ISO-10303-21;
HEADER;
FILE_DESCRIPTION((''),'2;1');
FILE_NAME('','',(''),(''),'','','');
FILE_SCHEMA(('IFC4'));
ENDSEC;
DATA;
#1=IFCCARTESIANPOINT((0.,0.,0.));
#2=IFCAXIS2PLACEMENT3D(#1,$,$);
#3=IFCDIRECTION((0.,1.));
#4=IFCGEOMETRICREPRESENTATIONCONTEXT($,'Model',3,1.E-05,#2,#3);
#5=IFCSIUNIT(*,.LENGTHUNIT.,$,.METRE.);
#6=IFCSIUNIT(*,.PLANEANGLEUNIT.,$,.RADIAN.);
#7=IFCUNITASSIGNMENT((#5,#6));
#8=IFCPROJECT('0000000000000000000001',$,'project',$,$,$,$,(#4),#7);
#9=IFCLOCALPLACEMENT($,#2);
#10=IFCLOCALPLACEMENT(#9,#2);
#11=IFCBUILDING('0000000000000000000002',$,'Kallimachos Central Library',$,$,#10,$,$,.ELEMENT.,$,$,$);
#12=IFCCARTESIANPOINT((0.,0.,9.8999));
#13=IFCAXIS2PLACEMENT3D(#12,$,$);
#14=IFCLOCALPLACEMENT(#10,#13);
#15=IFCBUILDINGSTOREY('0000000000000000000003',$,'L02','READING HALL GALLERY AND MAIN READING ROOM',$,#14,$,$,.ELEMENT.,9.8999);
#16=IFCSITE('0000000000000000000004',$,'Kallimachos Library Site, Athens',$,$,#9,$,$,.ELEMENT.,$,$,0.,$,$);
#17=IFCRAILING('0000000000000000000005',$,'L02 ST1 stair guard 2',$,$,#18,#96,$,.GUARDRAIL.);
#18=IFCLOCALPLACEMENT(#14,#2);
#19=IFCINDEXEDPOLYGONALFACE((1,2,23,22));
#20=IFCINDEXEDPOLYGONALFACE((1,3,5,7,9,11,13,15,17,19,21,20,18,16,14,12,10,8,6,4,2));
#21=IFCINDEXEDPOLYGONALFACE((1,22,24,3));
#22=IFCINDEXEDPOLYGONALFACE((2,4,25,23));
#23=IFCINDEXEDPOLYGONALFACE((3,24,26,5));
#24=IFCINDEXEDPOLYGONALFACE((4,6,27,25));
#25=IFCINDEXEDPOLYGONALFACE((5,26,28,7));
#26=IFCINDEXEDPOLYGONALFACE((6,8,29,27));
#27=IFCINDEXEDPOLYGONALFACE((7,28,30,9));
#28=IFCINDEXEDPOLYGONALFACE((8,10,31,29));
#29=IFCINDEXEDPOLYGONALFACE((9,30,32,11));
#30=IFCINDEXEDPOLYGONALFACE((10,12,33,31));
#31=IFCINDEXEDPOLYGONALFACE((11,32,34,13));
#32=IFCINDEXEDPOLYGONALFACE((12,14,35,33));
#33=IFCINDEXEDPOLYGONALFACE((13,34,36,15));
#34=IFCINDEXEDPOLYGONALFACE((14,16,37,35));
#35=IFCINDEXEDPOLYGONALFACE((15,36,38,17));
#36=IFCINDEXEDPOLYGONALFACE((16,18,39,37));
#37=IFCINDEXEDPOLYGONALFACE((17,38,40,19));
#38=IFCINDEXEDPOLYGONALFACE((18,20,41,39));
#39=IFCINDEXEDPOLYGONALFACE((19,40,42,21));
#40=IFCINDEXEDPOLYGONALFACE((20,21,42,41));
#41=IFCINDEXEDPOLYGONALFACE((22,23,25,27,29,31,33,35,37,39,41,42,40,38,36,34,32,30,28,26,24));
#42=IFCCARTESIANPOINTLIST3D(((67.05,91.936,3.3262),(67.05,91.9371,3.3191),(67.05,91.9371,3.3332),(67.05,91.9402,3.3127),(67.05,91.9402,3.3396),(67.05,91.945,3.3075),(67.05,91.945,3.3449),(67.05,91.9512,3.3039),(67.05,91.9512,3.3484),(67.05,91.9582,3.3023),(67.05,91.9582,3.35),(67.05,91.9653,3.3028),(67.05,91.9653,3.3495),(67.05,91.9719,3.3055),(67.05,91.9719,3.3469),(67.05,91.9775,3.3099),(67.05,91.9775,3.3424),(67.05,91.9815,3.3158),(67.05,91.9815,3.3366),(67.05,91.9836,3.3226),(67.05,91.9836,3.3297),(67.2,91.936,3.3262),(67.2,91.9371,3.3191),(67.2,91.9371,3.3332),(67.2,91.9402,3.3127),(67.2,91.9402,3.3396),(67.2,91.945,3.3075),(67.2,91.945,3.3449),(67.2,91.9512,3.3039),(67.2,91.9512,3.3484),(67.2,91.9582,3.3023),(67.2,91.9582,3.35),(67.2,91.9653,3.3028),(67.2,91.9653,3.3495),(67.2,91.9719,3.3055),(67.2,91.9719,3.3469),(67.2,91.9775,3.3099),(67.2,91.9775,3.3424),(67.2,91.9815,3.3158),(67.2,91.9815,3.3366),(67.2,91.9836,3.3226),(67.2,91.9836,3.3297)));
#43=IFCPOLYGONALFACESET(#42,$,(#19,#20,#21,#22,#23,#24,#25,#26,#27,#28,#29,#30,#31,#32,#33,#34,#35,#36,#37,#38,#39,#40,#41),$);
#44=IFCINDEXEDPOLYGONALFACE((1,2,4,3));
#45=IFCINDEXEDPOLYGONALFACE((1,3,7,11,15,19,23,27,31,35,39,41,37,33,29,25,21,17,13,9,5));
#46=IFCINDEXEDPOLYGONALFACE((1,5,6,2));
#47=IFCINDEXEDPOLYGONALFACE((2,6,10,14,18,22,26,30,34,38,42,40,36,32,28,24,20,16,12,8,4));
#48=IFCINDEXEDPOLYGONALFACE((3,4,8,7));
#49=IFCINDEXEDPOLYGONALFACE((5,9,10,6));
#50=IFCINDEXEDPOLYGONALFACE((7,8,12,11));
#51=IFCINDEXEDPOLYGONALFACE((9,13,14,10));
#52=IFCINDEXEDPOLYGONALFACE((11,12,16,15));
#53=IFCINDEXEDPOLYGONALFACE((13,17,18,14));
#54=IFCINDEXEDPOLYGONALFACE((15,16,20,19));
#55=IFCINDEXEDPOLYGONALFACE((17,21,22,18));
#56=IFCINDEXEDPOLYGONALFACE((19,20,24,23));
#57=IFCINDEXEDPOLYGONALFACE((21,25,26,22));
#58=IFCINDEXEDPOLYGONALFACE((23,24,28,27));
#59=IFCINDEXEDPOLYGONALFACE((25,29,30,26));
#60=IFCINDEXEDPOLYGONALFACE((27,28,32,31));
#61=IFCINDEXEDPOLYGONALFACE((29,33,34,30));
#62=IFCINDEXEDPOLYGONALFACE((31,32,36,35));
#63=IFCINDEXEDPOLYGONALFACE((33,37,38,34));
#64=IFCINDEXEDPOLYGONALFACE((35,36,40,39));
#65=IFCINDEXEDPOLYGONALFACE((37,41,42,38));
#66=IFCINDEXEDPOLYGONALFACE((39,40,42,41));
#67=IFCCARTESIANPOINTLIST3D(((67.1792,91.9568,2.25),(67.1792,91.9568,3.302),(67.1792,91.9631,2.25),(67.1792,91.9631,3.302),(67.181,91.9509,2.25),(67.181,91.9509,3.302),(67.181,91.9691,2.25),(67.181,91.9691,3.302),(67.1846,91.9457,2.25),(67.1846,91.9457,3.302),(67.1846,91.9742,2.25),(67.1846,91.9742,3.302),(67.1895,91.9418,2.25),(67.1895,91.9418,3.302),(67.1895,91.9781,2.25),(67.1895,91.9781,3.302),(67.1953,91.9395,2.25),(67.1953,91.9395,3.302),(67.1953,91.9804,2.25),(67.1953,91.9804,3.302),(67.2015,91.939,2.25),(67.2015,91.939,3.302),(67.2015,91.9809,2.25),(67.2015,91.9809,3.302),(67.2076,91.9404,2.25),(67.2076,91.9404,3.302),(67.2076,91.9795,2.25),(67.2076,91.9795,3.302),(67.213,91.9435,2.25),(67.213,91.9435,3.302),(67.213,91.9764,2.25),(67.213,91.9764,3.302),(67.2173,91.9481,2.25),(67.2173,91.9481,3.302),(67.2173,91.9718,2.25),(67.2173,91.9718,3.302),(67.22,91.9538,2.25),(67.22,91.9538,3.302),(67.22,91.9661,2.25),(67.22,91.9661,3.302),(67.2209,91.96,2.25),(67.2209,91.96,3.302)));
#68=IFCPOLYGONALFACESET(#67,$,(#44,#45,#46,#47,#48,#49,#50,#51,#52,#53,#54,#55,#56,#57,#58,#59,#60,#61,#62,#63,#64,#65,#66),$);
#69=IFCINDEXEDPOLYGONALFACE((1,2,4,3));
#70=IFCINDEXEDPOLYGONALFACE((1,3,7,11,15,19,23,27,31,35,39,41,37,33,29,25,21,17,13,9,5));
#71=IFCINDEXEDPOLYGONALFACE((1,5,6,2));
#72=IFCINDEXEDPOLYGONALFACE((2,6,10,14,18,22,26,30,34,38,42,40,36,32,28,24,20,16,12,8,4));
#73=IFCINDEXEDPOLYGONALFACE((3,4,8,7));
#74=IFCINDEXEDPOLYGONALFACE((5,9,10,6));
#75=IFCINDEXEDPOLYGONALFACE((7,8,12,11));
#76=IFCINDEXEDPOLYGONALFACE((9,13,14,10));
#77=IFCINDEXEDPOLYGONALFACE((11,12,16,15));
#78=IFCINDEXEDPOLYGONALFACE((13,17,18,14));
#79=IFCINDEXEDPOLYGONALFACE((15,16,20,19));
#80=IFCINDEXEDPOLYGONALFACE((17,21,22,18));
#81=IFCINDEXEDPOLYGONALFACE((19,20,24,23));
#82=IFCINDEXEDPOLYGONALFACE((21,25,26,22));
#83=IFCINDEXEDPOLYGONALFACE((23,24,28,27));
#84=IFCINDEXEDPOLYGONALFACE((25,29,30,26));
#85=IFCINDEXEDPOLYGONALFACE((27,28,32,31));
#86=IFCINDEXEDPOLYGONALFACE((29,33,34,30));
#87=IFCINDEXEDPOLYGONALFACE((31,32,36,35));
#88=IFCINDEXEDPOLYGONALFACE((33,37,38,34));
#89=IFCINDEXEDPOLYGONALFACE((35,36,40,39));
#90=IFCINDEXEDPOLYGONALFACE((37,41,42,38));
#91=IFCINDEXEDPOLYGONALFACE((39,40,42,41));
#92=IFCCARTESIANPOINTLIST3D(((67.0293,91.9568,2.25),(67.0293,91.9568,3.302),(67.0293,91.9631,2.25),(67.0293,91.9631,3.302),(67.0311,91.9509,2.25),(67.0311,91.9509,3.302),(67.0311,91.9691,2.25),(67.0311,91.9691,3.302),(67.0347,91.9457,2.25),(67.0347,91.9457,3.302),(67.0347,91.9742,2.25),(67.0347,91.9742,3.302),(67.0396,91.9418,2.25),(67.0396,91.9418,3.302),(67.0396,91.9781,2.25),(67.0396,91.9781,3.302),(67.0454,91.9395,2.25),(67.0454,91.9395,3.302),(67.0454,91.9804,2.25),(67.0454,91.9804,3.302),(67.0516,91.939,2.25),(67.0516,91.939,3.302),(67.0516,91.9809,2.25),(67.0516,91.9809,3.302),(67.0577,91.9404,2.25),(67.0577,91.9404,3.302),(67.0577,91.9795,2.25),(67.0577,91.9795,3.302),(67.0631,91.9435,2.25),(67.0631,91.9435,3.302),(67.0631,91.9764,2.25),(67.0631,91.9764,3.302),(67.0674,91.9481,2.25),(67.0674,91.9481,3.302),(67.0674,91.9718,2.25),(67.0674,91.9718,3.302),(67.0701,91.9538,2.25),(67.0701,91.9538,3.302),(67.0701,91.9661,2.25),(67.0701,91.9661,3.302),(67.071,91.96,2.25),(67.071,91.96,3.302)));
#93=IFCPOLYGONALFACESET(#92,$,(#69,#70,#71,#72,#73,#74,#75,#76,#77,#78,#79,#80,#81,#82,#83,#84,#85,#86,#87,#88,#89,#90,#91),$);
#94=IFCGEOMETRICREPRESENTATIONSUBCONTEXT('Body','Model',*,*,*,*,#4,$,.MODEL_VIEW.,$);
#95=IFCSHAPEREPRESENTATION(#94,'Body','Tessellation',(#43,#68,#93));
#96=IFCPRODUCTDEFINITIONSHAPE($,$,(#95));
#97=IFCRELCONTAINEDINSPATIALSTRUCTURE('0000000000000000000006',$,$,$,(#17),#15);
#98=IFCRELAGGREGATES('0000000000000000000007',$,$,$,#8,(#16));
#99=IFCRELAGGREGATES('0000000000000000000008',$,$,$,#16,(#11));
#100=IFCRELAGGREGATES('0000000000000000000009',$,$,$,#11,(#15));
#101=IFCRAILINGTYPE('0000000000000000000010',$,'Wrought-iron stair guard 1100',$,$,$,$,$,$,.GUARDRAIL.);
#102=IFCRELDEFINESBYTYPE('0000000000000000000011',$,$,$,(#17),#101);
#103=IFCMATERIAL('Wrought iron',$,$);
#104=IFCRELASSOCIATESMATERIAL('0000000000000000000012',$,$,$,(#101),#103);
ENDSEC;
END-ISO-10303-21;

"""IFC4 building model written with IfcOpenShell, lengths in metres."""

from ifc_helpers import new_model, si_unit, direction, frame, origin, origin_2d, place, context, subcontext, project, spatial, circle, extrude, material, type_object, element, save


model = new_model("IFC4")

# Units and contexts
model_context = context("Model", 3, precision=1e-05, world=origin(), true_north=direction((0.0, 1.0)))
body_context = subcontext(model_context, "Body", "Model", "MODEL_VIEW")
ifc_project = project(units=[si_unit("LENGTHUNIT", "METRE"), si_unit("PLANEANGLEUNIT", "RADIAN")], contexts=[model_context])

# Site, building, storey
site_placement = place(None, origin())
site = spatial("IfcSite", under=ifc_project, at=site_placement, Name="Kallimachos Library Site, Athens", CompositionType="ELEMENT", RefElevation=0.0)
building_placement = place(site_placement, origin())
building = spatial("IfcBuilding", under=site, at=building_placement, Name="Kallimachos Central Library", CompositionType="ELEMENT")
storey_placement = place(building_placement, frame((0.0, 0.0, 9.8999)))
storey = spatial("IfcBuildingStorey", under=building, at=storey_placement, Name="L02", Description="READING HALL GALLERY AND MAIN READING ROOM", CompositionType="ELEMENT", Elevation=9.8999)

# Railing
ifc_material_1 = material(Name="Wrought iron")
railing_type_1 = type_object("IfcRailingType", Name="Wrought-iron stair guard 1100", PredefinedType="GUARDRAIL", material=ifc_material_1)
railing_1_placement = place(storey_placement, frame((67.2, 91.96, 2.25)))
element("IfcRailing", 1, at=railing_1_placement, inside=storey, type_object=railing_type_1, Name="L02 ST1 stair guard 2", PredefinedType="GUARDRAIL", context=body_context, shape_type="SweptSolid", body=[
    extrude(circle(Radius=0.0239, at=origin_2d()), frame((0.0, 0.0, 1.0762), z_axis=(-1.0, 0.0, 0.0), x_axis=(0.0, -1.0, 0.0)), (0.0, 0.0, 1.0), 0.1499),
    extrude(circle(Radius=0.021, at=origin_2d()), origin(), (0.0, 0.0, 1.0), 1.052),
    extrude(circle(Radius=0.021, at=origin_2d()), frame((-0.1499, 0.0, 0.0)), (0.0, 0.0, 1.0), 1.052),
])

save(model, "model.ifc")
